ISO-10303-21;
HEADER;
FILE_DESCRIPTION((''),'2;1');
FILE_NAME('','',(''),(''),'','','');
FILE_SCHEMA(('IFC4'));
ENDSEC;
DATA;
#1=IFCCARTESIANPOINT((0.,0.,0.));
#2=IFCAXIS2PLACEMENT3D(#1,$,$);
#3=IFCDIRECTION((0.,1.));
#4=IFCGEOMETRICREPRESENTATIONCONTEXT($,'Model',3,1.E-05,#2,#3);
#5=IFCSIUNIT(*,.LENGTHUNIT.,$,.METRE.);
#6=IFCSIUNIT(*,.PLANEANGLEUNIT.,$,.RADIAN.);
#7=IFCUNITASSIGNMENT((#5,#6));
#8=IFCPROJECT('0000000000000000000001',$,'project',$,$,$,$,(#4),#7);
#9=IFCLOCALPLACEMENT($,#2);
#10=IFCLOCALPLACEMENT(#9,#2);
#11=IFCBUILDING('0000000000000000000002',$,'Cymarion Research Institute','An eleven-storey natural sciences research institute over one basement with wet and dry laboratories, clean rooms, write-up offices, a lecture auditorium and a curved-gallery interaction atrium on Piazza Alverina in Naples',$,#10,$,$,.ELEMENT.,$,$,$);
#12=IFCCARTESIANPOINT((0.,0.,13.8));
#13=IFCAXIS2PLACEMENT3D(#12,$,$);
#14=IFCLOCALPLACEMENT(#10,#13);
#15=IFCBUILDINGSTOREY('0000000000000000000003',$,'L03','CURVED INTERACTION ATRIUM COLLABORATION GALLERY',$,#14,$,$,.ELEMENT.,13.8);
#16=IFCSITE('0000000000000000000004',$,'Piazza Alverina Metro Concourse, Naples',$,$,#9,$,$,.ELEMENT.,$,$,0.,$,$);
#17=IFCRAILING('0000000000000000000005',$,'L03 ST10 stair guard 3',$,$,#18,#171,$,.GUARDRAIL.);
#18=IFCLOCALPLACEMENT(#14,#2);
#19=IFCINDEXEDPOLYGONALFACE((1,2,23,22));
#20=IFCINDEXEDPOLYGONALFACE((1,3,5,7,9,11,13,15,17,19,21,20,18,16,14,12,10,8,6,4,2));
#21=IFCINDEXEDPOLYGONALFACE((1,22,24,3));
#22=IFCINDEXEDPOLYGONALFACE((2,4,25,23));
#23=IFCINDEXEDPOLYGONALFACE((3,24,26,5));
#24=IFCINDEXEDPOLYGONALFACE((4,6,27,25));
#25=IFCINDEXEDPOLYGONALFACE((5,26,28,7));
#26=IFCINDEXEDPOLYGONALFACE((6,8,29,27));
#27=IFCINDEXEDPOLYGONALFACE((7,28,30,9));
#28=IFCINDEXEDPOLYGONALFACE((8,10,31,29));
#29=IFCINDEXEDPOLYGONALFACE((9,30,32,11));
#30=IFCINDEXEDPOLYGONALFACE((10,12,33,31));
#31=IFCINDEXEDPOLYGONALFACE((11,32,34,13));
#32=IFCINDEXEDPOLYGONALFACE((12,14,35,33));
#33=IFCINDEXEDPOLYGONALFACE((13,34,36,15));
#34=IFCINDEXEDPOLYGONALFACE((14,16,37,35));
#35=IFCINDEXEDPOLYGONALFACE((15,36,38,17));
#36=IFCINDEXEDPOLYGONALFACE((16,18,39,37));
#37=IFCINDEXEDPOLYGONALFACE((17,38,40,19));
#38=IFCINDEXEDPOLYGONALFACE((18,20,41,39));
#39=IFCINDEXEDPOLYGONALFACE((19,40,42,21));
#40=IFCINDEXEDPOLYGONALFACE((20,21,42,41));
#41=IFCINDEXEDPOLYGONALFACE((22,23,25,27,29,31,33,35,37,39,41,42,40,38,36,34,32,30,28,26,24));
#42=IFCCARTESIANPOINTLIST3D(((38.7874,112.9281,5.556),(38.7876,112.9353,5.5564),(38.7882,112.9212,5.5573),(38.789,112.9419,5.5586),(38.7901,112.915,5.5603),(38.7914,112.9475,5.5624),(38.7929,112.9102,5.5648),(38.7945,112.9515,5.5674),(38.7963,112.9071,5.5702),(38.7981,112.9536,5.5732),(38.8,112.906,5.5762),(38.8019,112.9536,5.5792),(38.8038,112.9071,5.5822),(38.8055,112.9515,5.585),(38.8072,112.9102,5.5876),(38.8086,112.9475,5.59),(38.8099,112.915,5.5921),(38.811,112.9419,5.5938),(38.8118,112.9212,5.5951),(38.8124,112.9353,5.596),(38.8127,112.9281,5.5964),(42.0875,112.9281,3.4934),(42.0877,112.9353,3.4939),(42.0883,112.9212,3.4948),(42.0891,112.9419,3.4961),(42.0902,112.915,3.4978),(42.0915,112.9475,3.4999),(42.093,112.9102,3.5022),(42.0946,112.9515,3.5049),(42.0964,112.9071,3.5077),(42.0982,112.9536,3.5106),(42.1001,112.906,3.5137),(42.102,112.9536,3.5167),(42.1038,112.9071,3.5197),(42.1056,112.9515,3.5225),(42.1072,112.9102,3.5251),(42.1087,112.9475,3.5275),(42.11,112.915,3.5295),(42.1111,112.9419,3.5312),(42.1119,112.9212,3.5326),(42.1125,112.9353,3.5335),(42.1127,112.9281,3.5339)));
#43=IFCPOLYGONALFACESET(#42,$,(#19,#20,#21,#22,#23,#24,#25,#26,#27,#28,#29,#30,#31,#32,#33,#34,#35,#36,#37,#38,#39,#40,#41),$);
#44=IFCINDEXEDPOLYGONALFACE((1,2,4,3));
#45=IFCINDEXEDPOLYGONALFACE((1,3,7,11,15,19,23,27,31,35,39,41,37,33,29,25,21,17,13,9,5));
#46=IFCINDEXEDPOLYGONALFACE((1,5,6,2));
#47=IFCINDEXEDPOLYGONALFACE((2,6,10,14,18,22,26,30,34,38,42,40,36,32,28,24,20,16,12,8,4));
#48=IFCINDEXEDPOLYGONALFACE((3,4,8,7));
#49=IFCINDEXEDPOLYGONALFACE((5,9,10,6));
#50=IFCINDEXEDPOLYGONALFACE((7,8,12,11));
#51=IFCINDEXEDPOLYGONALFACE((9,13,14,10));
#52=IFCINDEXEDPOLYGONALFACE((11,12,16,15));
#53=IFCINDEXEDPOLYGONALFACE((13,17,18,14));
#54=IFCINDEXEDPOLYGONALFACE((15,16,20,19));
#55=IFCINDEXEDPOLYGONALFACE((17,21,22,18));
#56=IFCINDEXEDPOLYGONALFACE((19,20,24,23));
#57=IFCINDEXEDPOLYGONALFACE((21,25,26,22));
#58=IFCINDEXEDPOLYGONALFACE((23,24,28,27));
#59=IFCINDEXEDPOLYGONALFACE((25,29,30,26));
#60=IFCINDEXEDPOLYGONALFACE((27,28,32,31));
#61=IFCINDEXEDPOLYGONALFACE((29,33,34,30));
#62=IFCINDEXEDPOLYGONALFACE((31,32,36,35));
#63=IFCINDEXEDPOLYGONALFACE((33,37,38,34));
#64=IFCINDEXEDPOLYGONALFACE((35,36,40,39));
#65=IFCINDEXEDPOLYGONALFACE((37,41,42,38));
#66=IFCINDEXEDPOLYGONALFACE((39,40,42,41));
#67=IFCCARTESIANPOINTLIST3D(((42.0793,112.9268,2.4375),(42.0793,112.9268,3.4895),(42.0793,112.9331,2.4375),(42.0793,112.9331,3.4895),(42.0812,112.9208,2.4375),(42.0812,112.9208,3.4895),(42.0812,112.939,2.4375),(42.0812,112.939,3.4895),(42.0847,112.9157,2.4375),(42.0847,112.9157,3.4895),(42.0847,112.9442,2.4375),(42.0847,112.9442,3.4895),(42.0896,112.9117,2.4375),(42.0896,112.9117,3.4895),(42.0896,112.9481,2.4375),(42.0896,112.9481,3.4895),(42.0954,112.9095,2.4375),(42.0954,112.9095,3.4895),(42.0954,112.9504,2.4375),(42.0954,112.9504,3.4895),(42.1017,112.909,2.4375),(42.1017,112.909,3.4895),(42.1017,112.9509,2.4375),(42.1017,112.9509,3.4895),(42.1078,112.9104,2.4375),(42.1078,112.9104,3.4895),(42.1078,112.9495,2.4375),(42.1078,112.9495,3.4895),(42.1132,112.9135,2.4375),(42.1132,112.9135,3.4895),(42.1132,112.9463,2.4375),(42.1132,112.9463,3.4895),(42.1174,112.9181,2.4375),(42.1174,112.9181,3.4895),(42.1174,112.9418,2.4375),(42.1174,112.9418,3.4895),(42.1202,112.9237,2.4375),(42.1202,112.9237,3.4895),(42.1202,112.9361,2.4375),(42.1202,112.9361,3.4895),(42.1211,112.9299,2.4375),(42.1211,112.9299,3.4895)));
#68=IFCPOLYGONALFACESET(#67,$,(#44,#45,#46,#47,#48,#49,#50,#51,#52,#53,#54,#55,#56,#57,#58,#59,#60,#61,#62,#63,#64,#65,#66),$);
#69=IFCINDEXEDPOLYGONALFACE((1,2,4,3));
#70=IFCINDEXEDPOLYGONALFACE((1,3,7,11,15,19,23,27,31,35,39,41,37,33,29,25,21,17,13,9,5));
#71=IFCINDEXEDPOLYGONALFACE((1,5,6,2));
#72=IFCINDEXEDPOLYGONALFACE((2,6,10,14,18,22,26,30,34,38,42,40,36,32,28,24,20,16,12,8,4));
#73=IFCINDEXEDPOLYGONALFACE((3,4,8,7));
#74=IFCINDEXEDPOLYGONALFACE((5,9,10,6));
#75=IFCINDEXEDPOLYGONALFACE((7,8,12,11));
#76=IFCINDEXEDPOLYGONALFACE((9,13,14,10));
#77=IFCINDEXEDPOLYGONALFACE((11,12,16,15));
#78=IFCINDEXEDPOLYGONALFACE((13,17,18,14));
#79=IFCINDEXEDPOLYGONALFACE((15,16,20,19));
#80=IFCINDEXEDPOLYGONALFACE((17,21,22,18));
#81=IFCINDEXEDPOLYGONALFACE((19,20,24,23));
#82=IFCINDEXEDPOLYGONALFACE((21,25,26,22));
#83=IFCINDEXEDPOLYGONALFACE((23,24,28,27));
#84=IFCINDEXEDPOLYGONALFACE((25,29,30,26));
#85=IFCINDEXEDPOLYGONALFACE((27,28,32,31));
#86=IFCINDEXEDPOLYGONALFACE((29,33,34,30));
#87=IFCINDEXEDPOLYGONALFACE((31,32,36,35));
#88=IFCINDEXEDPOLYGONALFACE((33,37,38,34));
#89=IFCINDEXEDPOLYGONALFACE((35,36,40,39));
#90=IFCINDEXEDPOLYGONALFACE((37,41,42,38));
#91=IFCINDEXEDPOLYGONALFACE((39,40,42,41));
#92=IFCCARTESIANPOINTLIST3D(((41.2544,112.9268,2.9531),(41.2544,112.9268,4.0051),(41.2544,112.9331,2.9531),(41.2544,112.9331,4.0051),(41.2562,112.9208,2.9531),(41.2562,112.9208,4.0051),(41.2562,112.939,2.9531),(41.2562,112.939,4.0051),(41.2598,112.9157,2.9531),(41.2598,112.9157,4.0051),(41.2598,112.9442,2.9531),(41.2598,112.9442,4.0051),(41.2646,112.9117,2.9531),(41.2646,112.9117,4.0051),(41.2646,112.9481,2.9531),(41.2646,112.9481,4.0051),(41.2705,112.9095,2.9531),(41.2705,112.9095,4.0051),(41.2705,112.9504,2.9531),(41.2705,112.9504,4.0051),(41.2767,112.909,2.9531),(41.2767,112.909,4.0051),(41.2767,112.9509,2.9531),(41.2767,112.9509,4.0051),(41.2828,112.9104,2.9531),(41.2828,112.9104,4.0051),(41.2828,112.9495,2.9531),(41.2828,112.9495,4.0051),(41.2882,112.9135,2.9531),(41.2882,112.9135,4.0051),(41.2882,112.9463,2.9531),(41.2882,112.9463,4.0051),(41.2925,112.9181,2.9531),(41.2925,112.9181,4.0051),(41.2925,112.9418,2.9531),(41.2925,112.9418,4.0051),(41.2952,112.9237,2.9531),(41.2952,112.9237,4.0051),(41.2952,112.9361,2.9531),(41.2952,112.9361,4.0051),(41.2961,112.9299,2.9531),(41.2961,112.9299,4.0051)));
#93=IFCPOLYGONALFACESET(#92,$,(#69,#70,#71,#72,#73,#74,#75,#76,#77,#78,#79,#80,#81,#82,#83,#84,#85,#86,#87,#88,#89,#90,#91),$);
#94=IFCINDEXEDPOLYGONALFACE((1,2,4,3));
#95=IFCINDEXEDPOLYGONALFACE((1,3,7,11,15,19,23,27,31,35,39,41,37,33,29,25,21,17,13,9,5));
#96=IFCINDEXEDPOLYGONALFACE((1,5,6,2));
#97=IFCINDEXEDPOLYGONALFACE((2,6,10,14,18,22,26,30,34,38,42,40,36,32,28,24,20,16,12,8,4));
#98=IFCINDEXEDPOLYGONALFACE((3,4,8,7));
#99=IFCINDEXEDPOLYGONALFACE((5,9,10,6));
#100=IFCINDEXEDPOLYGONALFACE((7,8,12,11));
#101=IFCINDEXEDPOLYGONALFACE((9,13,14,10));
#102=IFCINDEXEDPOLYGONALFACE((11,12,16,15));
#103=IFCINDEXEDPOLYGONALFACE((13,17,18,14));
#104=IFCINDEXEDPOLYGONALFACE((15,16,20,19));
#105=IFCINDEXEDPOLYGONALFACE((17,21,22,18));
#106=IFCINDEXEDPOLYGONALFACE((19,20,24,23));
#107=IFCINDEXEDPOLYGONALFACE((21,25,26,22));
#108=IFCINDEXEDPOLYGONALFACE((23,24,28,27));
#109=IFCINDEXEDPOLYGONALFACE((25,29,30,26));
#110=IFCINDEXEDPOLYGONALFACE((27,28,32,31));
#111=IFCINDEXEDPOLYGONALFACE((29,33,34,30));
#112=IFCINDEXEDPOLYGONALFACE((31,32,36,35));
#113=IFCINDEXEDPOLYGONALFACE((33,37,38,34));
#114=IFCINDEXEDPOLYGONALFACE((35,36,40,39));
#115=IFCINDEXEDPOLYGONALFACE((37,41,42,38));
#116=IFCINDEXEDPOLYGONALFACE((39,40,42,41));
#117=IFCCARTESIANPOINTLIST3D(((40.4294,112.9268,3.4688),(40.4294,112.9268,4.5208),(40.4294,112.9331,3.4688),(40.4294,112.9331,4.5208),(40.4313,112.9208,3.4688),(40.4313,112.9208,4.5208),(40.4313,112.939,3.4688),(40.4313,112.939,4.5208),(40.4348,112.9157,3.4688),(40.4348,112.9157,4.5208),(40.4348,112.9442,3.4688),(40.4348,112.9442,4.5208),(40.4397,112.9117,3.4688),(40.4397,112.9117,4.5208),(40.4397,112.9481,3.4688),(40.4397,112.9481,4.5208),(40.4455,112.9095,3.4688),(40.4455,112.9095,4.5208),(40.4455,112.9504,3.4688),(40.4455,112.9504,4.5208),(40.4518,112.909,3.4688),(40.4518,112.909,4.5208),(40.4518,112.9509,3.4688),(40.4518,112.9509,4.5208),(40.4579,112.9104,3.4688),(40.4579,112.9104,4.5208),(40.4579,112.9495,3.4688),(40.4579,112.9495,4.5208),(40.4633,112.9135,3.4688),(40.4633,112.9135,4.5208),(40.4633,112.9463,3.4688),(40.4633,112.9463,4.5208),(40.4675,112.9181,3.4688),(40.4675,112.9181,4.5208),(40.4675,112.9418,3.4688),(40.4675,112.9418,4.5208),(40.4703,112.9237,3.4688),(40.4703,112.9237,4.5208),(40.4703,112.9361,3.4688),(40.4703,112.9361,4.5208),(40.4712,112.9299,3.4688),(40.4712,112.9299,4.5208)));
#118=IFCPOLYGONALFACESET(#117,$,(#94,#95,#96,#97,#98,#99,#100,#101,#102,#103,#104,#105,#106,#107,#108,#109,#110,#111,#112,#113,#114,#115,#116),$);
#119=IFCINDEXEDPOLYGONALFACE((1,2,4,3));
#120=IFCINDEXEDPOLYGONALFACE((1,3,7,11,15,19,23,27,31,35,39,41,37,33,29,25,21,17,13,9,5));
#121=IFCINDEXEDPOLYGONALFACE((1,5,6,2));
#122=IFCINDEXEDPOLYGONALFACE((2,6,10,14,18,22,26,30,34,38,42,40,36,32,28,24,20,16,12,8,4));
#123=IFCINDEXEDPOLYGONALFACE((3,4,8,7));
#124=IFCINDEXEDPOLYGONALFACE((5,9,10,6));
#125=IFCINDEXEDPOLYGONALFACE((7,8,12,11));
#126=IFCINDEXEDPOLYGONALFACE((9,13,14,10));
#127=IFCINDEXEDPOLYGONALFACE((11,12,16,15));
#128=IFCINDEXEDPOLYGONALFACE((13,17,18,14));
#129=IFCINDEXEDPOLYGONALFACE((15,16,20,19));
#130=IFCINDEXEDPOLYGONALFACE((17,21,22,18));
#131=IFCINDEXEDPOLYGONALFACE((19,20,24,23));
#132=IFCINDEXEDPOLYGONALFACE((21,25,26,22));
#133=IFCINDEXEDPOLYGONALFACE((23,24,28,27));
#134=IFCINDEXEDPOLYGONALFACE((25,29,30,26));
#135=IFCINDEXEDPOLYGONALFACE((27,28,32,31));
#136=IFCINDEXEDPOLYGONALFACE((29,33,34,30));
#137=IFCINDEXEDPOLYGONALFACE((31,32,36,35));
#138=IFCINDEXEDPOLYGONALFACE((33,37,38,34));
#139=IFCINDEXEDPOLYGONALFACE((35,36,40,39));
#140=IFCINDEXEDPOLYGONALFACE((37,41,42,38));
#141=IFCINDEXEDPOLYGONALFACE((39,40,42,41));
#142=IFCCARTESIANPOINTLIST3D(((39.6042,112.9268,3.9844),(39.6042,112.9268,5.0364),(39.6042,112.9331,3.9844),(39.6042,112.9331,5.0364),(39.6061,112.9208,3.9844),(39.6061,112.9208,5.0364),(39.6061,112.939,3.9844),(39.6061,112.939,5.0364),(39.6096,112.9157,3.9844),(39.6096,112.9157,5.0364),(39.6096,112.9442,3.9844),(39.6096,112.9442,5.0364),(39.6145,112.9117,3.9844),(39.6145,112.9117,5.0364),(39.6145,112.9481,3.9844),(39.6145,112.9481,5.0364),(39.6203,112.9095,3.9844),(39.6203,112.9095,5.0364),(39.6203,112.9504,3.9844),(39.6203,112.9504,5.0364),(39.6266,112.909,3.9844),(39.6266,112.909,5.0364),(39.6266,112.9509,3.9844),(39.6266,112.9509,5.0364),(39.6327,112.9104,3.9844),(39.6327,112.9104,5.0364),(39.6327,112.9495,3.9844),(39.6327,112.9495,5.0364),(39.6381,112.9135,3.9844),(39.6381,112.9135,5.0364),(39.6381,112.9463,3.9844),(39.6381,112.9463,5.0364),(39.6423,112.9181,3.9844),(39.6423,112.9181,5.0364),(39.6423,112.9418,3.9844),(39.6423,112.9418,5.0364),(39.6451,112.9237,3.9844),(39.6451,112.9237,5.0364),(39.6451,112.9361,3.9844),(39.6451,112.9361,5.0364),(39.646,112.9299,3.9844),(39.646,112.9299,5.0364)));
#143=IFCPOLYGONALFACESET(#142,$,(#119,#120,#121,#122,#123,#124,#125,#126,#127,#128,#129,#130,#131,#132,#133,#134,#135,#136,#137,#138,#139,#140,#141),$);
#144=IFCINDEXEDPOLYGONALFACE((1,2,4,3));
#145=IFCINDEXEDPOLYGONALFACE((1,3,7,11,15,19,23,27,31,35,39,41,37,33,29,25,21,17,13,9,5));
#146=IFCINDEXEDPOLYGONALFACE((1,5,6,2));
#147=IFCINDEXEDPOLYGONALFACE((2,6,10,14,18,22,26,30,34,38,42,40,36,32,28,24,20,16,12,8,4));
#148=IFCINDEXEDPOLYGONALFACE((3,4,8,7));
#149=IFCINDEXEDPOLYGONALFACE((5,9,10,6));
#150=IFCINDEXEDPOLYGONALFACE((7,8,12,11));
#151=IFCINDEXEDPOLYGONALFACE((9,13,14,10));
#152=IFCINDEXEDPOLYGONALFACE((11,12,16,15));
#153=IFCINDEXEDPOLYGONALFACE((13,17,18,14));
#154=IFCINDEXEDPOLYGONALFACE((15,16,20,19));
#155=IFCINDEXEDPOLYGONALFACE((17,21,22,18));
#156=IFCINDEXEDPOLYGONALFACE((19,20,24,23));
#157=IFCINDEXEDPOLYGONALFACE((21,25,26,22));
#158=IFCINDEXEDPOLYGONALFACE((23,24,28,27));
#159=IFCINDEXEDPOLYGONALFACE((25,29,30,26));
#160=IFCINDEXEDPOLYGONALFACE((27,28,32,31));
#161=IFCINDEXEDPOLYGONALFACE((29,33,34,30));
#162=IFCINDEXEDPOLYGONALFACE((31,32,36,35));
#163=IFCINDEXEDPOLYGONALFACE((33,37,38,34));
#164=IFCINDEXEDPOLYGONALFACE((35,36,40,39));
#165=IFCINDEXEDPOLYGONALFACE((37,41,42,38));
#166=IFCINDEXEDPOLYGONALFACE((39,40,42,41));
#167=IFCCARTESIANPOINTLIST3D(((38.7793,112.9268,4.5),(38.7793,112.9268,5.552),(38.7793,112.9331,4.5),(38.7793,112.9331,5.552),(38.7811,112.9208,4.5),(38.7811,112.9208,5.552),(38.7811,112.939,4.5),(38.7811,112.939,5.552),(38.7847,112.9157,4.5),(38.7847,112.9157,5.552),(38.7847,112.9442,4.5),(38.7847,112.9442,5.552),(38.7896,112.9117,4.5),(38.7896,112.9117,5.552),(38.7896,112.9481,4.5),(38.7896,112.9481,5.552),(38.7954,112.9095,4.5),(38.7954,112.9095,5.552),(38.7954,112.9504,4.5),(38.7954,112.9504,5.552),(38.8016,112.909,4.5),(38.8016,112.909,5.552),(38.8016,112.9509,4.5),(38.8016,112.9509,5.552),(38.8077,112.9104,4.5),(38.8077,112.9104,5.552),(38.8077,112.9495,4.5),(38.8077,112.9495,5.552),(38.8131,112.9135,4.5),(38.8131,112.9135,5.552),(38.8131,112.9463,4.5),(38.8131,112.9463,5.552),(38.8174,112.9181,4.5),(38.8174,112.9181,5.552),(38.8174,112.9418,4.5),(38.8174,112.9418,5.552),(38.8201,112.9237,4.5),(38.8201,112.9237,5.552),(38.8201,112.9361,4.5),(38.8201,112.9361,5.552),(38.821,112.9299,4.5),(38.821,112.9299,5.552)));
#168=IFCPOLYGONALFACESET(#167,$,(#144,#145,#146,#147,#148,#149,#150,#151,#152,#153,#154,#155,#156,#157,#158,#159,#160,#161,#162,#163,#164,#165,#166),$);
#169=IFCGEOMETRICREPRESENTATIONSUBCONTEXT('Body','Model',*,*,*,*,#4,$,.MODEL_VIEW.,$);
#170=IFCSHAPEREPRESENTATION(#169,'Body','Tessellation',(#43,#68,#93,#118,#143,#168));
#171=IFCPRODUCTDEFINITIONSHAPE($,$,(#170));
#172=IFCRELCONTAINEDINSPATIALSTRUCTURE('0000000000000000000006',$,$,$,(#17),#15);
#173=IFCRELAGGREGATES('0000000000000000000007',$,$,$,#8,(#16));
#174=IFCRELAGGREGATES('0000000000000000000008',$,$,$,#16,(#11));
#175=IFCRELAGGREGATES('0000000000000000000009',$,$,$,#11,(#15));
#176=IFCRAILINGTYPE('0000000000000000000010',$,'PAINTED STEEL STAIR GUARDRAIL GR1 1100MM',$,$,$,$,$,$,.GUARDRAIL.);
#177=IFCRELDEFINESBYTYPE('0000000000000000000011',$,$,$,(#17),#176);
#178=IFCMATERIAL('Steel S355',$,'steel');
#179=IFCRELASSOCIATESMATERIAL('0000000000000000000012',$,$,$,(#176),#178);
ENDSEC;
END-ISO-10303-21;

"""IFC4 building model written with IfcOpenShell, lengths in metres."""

from ifc_helpers import new_model, si_unit, direction, frame, origin, origin_2d, place, context, subcontext, project, spatial, circle, extrude, material, type_object, element, save


model = new_model("IFC4")

# Units and contexts
model_context = context("Model", 3, precision=1e-05, world=origin(), true_north=direction((0.0, 1.0)))
body_context = subcontext(model_context, "Body", "Model", "MODEL_VIEW")
ifc_project = project(units=[si_unit("LENGTHUNIT", "METRE"), si_unit("PLANEANGLEUNIT", "RADIAN")], contexts=[model_context])

# Site, building, storey
site_placement = place(None, origin())
site = spatial("IfcSite", under=ifc_project, at=site_placement, Name="Piazza Alverina Metro Concourse, Naples", CompositionType="ELEMENT", RefElevation=0.0)
building_placement = place(site_placement, origin())
building = spatial("IfcBuilding", under=site, at=building_placement, Name="Cymarion Research Institute", Description="An eleven-storey natural sciences research institute over one basement with wet and dry laboratories, clean rooms, write-up offices, a lecture auditorium and a curved-gallery interaction atrium on Piazza Alverina in Naples", CompositionType="ELEMENT")
storey_placement = place(building_placement, frame((0.0, 0.0, 13.8)))
storey = spatial("IfcBuildingStorey", under=building, at=storey_placement, Name="L03", Description="CURVED INTERACTION ATRIUM COLLABORATION GALLERY", CompositionType="ELEMENT", Elevation=13.8)

# Shared definitions
ifc_material_1 = material(Name="Steel S355", Category="steel")

# Railing
railing_type_1 = type_object("IfcRailingType", Name="PAINTED STEEL STAIR GUARDRAIL GR1 1100MM", PredefinedType="GUARDRAIL", material=ifc_material_1)
railing_1_placement = place(storey_placement, frame((42.1001, 112.9299, 2.4375)))
element("IfcRailing", 1, at=railing_1_placement, inside=storey, type_object=railing_type_1, Name="L03 ST10 stair guard 3", PredefinedType="GUARDRAIL", context=body_context, shape_type="SweptSolid", body=[
    extrude(circle(Radius=0.0239, at=origin_2d()), frame((0.0, 0.0, 1.0762), z_axis=(-0.848002, 0.0, 0.529993), x_axis=(0.0, -1.0, 0.0)), (0.0, 0.0, 1.0), 3.8916),
    extrude(circle(Radius=0.021, at=origin_2d()), origin(), (0.0, 0.0, 1.0), 1.052),
    extrude(circle(Radius=0.021, at=origin_2d()), frame((-0.825, 0.0, 0.5156)), (0.0, 0.0, 1.0), 1.052),
    extrude(circle(Radius=0.021, at=origin_2d()), frame((-1.6499, 0.0, 1.0312)), (0.0, 0.0, 1.0), 1.052),
    extrude(circle(Radius=0.021, at=origin_2d()), frame((-2.4751, 0.0, 1.5469)), (0.0, 0.0, 1.0), 1.052),
    extrude(circle(Radius=0.021, at=origin_2d()), frame((-3.3, 0.0, 2.0625)), (0.0, 0.0, 1.0), 1.052),
])

save(model, "model.ifc")
